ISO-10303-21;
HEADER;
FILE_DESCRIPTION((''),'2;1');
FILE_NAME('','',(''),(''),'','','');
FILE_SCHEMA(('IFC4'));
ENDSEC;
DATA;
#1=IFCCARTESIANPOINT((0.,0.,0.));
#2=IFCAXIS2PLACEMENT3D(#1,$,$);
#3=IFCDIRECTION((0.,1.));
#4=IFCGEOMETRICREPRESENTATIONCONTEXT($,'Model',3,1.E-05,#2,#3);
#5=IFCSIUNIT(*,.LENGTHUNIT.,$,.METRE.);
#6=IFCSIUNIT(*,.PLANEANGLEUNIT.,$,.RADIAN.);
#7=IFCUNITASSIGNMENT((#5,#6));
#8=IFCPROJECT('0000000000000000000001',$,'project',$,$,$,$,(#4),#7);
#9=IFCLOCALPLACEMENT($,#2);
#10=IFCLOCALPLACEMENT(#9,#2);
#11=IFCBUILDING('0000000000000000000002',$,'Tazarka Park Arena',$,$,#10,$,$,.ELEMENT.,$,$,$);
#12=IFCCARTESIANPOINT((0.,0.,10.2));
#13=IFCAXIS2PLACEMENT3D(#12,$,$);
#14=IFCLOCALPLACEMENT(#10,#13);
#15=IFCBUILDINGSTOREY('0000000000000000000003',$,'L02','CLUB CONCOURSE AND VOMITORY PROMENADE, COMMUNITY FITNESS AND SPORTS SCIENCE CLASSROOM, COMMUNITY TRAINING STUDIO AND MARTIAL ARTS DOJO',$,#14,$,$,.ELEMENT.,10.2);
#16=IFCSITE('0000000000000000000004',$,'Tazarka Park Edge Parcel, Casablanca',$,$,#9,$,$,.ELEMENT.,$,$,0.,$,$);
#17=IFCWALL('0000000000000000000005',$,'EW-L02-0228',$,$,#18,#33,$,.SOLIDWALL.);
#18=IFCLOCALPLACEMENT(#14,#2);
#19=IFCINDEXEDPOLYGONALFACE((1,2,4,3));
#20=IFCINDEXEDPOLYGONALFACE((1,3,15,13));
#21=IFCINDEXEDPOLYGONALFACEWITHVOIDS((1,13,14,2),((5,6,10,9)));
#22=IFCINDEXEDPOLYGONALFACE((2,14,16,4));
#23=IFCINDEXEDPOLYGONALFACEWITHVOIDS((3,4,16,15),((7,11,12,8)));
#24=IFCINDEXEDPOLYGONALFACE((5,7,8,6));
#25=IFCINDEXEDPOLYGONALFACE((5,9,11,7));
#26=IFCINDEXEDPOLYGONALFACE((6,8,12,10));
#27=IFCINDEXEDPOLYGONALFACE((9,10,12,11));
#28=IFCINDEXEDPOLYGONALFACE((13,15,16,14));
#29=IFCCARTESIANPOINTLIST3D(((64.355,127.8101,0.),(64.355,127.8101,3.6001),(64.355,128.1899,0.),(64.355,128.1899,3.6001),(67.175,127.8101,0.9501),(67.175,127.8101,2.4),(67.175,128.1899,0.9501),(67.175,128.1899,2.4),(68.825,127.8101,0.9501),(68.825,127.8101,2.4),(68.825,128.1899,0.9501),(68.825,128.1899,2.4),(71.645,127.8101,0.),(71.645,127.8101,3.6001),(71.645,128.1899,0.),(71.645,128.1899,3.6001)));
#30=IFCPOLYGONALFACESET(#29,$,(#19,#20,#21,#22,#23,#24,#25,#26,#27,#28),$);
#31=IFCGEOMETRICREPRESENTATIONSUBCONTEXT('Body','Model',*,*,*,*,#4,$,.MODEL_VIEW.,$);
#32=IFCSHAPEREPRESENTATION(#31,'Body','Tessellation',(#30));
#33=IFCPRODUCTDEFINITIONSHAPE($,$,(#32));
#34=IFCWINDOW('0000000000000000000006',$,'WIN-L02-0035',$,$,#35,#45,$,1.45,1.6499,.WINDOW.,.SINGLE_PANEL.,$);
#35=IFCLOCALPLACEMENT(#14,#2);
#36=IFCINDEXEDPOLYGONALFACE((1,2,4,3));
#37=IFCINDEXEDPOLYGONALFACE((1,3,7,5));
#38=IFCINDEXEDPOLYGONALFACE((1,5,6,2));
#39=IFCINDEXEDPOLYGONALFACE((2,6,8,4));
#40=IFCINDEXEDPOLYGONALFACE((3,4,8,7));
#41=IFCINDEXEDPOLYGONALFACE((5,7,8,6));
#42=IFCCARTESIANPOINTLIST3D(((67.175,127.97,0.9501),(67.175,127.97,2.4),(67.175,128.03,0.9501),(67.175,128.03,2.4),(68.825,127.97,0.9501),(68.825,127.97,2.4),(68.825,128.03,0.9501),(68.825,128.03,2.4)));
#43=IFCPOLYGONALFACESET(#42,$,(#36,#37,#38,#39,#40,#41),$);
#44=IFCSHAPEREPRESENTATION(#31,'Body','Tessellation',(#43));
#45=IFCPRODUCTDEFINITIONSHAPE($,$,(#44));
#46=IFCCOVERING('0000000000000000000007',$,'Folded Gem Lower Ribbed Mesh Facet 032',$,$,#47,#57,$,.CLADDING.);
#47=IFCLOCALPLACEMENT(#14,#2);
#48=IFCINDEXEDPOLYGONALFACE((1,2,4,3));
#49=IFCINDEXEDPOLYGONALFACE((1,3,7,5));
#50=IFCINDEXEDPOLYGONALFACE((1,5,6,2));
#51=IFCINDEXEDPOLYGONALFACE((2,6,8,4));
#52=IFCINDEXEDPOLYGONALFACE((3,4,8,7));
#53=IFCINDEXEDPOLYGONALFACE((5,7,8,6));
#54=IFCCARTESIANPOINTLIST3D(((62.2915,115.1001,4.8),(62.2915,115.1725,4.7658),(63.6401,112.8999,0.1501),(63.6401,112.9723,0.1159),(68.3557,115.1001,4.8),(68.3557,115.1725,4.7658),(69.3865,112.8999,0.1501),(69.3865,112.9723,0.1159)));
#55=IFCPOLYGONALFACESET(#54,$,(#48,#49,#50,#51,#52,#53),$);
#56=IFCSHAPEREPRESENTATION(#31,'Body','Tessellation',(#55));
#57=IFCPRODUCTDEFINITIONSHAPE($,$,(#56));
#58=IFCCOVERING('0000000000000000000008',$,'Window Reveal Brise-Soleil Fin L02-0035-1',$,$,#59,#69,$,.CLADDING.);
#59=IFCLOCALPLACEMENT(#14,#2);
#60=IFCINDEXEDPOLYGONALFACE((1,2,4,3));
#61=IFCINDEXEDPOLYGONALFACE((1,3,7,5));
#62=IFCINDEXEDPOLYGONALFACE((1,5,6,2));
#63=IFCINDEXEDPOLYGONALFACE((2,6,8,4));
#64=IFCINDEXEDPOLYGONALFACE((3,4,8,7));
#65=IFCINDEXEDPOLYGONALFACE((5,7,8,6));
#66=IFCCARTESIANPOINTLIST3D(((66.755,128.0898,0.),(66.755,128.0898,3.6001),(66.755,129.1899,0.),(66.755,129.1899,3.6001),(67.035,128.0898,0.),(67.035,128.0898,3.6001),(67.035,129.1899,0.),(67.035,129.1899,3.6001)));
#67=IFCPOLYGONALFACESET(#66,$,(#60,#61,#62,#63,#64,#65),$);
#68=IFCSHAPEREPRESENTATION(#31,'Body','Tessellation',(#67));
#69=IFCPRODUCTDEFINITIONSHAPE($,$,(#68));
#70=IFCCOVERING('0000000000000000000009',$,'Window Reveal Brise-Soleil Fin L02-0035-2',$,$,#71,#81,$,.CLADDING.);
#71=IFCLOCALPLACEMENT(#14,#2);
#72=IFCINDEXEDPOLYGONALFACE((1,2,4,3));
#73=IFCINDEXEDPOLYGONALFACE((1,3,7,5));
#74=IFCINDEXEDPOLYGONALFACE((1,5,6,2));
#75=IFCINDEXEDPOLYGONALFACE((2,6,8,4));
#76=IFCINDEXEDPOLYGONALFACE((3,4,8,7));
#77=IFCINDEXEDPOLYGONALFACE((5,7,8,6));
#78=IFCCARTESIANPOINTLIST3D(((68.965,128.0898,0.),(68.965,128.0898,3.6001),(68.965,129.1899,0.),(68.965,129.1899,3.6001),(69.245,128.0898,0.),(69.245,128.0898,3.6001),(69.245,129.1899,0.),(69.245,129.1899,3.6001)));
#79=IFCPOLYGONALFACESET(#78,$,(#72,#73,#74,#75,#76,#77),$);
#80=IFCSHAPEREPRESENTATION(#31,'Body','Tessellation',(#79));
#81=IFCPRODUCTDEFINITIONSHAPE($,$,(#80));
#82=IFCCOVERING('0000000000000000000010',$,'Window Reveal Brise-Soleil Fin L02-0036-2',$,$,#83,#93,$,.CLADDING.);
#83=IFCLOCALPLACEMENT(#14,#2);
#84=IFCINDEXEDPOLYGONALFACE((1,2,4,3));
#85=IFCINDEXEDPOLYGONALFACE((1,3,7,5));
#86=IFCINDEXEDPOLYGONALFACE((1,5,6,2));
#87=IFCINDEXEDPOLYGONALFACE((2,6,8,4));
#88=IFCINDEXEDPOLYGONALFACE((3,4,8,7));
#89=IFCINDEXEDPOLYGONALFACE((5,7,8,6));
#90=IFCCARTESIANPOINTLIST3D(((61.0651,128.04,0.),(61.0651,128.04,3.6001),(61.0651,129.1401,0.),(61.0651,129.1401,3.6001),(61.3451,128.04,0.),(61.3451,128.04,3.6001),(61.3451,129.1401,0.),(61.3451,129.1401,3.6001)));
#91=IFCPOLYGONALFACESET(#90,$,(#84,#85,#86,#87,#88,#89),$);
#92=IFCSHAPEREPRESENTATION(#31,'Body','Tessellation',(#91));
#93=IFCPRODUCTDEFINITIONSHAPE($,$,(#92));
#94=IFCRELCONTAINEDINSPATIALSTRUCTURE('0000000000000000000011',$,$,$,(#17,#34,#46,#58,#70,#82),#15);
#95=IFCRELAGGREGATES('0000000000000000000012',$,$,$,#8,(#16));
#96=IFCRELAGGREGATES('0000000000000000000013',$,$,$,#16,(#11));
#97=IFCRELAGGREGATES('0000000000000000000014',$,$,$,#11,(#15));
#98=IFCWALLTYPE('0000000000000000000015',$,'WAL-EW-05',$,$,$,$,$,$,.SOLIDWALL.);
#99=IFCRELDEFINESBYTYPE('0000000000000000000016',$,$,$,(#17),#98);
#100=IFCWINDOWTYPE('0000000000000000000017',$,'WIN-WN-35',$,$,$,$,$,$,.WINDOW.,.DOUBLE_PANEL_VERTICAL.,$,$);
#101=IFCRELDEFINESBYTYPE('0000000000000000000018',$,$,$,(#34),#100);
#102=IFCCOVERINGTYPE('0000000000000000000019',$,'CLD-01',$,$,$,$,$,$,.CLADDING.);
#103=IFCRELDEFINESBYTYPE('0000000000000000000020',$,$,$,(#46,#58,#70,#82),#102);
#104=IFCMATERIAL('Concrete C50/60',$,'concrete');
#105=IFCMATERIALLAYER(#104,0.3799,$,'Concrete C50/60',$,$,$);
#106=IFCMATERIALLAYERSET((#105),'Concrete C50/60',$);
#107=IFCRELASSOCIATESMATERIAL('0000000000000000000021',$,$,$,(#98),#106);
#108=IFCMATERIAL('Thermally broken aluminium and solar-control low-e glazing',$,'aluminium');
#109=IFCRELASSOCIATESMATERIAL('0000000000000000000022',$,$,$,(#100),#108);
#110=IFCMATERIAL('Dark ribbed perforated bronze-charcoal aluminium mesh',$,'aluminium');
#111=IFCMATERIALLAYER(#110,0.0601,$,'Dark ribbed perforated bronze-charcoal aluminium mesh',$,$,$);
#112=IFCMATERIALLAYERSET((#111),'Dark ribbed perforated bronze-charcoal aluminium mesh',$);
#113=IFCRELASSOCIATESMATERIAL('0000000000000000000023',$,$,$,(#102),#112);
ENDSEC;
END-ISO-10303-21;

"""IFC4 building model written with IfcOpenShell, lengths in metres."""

from ifc_helpers import new_model, si_unit, direction, frame, frame_2d, origin, origin_2d, place, context, subcontext, project, spatial, polyline, rectangle, outline, extrude, material, layer, layer_set, type_object, element, fill, save


model = new_model("IFC4")

# Units and contexts
model_context = context("Model", 3, precision=1e-05, world=origin(), true_north=direction((0.0, 1.0)))
body_context = subcontext(model_context, "Body", "Model", "MODEL_VIEW")
ifc_project = project(units=[si_unit("LENGTHUNIT", "METRE"), si_unit("PLANEANGLEUNIT", "RADIAN")], contexts=[model_context])

# Site, building, storey
site_placement = place(None, origin())
site = spatial("IfcSite", under=ifc_project, at=site_placement, Name="Tazarka Park Edge Parcel, Casablanca", CompositionType="ELEMENT", RefElevation=0.0)
building_placement = place(site_placement, origin())
building = spatial("IfcBuilding", under=site, at=building_placement, Name="Tazarka Park Arena", CompositionType="ELEMENT")
storey_placement = place(building_placement, frame((0.0, 0.0, 10.2)))
storey = spatial("IfcBuildingStorey", under=building, at=storey_placement, Name="L02", Description="CLUB CONCOURSE AND VOMITORY PROMENADE, COMMUNITY FITNESS AND SPORTS SCIENCE CLASSROOM, COMMUNITY TRAINING STUDIO AND MARTIAL ARTS DOJO", CompositionType="ELEMENT", Elevation=10.2)

# Wall, opening, window
ifc_material_1 = material(Name="Concrete C50/60", Category="concrete")
ifc_layer_1 = layer(ifc_material_1, 0.3799, Name="Concrete C50/60")
ifc_layer_set_1 = layer_set([ifc_layer_1], Name="Concrete C50/60")
wall_type = type_object("IfcWallType", Name="WAL-EW-05", PredefinedType="SOLIDWALL", material=ifc_layer_set_1)
wall_placement = place(storey_placement, frame((64.355, 128.0, 0.0), z_axis=(0.0, 0.0, 1.0), x_axis=(1.0, 0.0, 0.0)))
wall = element("IfcWall", 1, at=wall_placement, inside=storey, type_object=wall_type, Name="EW-L02-0228", PredefinedType="SOLIDWALL", context=body_context, shape_type="SweptSolid", body=[
    extrude(rectangle(XDim=7.29, YDim=0.3799, at=frame_2d((3.645, 0.0))), origin(), (0.0, 0.0, 1.0), 3.6001),
])
opening_placement = place(wall_placement, frame((2.8201, 0.0, 0.95)))
opening = element("IfcOpeningElement", 2, at=opening_placement, cuts=wall, PredefinedType="OPENING", context=body_context, shape_type="SweptSolid", body=[
    extrude(rectangle(XDim=1.6499, YDim=1.45, at=frame_2d((0.825, 0.7251))), frame((0.0, 0.2, 0.0), z_axis=(0.0, -1.0, 0.0), x_axis=(1.0, 0.0, 0.0)), (0.0, 0.0, 1.0), 0.3999),
])
ifc_material_2 = material(Name="Thermally broken aluminium and solar-control low-e glazing", Category="aluminium")
window_type = type_object("IfcWindowType", Name="WIN-WN-35", PartitioningType="DOUBLE_PANEL_VERTICAL", PredefinedType="WINDOW", material=ifc_material_2)
window_placement = place(opening_placement, origin())
window = element("IfcWindow", 3, at=window_placement, inside=storey, type_object=window_type, Name="WIN-L02-0035", OverallHeight=1.45, OverallWidth=1.6499, PartitioningType="SINGLE_PANEL", PredefinedType="WINDOW", context=body_context, shape_type="SweptSolid", body=[
    extrude(rectangle(XDim=1.6499, YDim=1.45, at=frame_2d((0.825, 0.7251))), frame((0.0, 0.03, 0.0), z_axis=(0.0, -1.0, 0.0), x_axis=(1.0, 0.0, 0.0)), (0.0, 0.0, 1.0), 0.0601),
])
fill(opening, window)

# Coverings
ifc_material_3 = material(Name="Dark ribbed perforated bronze-charcoal aluminium mesh", Category="aluminium")
ifc_layer_2 = layer(ifc_material_3, 0.0601, Name="Dark ribbed perforated bronze-charcoal aluminium mesh")
ifc_layer_set_2 = layer_set([ifc_layer_2], Name="Dark ribbed perforated bronze-charcoal aluminium mesh")
covering_type = type_object("IfcCoveringType", Name="CLD-01", PredefinedType="CLADDING", material=ifc_layer_set_2)
covering_placement = place(storey_placement, frame((69.3865, 112.8999, 0.1501), z_axis=(0.0, -0.903918, 0.427707), x_axis=(-1.0, 0.0, 0.0)))
element("IfcCovering", 4, at=covering_placement, inside=storey, type_object=covering_type, Name="Folded Gem Lower Ribbed Mesh Facet 032", PredefinedType="CLADDING", context=body_context, shape_type="SweptSolid", body=[
    extrude(outline(polyline([(0.0, 0.0), (5.7463, 0.0), (7.095, -5.1442), (1.0308, -5.1442), (0.0, 0.0)])), origin(), (0.0, 0.0, -1.0), 0.0801),
])
for number, where, z_axis, x_axis, name in (
    (5, (66.895, 128.6399, 0.0), (0.0, 0.0, 1.0), (1.0, 0.0, 0.0), "Window Reveal Brise-Soleil Fin L02-0035-1"),
    (6, (69.105, 128.6399, 0.0), (0.0, 0.0, 1.0), (1.0, 0.0, 0.0), "Window Reveal Brise-Soleil Fin L02-0035-2"),
    (7, (61.2051, 128.5901, 0.0), (0.0, 0.0, 1.0), (1.0, 0.0, 0.0), "Window Reveal Brise-Soleil Fin L02-0036-2"),
):
    element("IfcCovering", number, at=place(storey_placement, frame(where, z_axis=z_axis, x_axis=x_axis)), inside=storey, type_object=covering_type, Name=name, PredefinedType="CLADDING", context=body_context, shape_type="SweptSolid", body=[
        extrude(rectangle(XDim=0.28, YDim=1.1001, at=origin_2d()), origin(), (0.0, 0.0, 1.0), 3.6001),
    ])

save(model, "model.ifc")
